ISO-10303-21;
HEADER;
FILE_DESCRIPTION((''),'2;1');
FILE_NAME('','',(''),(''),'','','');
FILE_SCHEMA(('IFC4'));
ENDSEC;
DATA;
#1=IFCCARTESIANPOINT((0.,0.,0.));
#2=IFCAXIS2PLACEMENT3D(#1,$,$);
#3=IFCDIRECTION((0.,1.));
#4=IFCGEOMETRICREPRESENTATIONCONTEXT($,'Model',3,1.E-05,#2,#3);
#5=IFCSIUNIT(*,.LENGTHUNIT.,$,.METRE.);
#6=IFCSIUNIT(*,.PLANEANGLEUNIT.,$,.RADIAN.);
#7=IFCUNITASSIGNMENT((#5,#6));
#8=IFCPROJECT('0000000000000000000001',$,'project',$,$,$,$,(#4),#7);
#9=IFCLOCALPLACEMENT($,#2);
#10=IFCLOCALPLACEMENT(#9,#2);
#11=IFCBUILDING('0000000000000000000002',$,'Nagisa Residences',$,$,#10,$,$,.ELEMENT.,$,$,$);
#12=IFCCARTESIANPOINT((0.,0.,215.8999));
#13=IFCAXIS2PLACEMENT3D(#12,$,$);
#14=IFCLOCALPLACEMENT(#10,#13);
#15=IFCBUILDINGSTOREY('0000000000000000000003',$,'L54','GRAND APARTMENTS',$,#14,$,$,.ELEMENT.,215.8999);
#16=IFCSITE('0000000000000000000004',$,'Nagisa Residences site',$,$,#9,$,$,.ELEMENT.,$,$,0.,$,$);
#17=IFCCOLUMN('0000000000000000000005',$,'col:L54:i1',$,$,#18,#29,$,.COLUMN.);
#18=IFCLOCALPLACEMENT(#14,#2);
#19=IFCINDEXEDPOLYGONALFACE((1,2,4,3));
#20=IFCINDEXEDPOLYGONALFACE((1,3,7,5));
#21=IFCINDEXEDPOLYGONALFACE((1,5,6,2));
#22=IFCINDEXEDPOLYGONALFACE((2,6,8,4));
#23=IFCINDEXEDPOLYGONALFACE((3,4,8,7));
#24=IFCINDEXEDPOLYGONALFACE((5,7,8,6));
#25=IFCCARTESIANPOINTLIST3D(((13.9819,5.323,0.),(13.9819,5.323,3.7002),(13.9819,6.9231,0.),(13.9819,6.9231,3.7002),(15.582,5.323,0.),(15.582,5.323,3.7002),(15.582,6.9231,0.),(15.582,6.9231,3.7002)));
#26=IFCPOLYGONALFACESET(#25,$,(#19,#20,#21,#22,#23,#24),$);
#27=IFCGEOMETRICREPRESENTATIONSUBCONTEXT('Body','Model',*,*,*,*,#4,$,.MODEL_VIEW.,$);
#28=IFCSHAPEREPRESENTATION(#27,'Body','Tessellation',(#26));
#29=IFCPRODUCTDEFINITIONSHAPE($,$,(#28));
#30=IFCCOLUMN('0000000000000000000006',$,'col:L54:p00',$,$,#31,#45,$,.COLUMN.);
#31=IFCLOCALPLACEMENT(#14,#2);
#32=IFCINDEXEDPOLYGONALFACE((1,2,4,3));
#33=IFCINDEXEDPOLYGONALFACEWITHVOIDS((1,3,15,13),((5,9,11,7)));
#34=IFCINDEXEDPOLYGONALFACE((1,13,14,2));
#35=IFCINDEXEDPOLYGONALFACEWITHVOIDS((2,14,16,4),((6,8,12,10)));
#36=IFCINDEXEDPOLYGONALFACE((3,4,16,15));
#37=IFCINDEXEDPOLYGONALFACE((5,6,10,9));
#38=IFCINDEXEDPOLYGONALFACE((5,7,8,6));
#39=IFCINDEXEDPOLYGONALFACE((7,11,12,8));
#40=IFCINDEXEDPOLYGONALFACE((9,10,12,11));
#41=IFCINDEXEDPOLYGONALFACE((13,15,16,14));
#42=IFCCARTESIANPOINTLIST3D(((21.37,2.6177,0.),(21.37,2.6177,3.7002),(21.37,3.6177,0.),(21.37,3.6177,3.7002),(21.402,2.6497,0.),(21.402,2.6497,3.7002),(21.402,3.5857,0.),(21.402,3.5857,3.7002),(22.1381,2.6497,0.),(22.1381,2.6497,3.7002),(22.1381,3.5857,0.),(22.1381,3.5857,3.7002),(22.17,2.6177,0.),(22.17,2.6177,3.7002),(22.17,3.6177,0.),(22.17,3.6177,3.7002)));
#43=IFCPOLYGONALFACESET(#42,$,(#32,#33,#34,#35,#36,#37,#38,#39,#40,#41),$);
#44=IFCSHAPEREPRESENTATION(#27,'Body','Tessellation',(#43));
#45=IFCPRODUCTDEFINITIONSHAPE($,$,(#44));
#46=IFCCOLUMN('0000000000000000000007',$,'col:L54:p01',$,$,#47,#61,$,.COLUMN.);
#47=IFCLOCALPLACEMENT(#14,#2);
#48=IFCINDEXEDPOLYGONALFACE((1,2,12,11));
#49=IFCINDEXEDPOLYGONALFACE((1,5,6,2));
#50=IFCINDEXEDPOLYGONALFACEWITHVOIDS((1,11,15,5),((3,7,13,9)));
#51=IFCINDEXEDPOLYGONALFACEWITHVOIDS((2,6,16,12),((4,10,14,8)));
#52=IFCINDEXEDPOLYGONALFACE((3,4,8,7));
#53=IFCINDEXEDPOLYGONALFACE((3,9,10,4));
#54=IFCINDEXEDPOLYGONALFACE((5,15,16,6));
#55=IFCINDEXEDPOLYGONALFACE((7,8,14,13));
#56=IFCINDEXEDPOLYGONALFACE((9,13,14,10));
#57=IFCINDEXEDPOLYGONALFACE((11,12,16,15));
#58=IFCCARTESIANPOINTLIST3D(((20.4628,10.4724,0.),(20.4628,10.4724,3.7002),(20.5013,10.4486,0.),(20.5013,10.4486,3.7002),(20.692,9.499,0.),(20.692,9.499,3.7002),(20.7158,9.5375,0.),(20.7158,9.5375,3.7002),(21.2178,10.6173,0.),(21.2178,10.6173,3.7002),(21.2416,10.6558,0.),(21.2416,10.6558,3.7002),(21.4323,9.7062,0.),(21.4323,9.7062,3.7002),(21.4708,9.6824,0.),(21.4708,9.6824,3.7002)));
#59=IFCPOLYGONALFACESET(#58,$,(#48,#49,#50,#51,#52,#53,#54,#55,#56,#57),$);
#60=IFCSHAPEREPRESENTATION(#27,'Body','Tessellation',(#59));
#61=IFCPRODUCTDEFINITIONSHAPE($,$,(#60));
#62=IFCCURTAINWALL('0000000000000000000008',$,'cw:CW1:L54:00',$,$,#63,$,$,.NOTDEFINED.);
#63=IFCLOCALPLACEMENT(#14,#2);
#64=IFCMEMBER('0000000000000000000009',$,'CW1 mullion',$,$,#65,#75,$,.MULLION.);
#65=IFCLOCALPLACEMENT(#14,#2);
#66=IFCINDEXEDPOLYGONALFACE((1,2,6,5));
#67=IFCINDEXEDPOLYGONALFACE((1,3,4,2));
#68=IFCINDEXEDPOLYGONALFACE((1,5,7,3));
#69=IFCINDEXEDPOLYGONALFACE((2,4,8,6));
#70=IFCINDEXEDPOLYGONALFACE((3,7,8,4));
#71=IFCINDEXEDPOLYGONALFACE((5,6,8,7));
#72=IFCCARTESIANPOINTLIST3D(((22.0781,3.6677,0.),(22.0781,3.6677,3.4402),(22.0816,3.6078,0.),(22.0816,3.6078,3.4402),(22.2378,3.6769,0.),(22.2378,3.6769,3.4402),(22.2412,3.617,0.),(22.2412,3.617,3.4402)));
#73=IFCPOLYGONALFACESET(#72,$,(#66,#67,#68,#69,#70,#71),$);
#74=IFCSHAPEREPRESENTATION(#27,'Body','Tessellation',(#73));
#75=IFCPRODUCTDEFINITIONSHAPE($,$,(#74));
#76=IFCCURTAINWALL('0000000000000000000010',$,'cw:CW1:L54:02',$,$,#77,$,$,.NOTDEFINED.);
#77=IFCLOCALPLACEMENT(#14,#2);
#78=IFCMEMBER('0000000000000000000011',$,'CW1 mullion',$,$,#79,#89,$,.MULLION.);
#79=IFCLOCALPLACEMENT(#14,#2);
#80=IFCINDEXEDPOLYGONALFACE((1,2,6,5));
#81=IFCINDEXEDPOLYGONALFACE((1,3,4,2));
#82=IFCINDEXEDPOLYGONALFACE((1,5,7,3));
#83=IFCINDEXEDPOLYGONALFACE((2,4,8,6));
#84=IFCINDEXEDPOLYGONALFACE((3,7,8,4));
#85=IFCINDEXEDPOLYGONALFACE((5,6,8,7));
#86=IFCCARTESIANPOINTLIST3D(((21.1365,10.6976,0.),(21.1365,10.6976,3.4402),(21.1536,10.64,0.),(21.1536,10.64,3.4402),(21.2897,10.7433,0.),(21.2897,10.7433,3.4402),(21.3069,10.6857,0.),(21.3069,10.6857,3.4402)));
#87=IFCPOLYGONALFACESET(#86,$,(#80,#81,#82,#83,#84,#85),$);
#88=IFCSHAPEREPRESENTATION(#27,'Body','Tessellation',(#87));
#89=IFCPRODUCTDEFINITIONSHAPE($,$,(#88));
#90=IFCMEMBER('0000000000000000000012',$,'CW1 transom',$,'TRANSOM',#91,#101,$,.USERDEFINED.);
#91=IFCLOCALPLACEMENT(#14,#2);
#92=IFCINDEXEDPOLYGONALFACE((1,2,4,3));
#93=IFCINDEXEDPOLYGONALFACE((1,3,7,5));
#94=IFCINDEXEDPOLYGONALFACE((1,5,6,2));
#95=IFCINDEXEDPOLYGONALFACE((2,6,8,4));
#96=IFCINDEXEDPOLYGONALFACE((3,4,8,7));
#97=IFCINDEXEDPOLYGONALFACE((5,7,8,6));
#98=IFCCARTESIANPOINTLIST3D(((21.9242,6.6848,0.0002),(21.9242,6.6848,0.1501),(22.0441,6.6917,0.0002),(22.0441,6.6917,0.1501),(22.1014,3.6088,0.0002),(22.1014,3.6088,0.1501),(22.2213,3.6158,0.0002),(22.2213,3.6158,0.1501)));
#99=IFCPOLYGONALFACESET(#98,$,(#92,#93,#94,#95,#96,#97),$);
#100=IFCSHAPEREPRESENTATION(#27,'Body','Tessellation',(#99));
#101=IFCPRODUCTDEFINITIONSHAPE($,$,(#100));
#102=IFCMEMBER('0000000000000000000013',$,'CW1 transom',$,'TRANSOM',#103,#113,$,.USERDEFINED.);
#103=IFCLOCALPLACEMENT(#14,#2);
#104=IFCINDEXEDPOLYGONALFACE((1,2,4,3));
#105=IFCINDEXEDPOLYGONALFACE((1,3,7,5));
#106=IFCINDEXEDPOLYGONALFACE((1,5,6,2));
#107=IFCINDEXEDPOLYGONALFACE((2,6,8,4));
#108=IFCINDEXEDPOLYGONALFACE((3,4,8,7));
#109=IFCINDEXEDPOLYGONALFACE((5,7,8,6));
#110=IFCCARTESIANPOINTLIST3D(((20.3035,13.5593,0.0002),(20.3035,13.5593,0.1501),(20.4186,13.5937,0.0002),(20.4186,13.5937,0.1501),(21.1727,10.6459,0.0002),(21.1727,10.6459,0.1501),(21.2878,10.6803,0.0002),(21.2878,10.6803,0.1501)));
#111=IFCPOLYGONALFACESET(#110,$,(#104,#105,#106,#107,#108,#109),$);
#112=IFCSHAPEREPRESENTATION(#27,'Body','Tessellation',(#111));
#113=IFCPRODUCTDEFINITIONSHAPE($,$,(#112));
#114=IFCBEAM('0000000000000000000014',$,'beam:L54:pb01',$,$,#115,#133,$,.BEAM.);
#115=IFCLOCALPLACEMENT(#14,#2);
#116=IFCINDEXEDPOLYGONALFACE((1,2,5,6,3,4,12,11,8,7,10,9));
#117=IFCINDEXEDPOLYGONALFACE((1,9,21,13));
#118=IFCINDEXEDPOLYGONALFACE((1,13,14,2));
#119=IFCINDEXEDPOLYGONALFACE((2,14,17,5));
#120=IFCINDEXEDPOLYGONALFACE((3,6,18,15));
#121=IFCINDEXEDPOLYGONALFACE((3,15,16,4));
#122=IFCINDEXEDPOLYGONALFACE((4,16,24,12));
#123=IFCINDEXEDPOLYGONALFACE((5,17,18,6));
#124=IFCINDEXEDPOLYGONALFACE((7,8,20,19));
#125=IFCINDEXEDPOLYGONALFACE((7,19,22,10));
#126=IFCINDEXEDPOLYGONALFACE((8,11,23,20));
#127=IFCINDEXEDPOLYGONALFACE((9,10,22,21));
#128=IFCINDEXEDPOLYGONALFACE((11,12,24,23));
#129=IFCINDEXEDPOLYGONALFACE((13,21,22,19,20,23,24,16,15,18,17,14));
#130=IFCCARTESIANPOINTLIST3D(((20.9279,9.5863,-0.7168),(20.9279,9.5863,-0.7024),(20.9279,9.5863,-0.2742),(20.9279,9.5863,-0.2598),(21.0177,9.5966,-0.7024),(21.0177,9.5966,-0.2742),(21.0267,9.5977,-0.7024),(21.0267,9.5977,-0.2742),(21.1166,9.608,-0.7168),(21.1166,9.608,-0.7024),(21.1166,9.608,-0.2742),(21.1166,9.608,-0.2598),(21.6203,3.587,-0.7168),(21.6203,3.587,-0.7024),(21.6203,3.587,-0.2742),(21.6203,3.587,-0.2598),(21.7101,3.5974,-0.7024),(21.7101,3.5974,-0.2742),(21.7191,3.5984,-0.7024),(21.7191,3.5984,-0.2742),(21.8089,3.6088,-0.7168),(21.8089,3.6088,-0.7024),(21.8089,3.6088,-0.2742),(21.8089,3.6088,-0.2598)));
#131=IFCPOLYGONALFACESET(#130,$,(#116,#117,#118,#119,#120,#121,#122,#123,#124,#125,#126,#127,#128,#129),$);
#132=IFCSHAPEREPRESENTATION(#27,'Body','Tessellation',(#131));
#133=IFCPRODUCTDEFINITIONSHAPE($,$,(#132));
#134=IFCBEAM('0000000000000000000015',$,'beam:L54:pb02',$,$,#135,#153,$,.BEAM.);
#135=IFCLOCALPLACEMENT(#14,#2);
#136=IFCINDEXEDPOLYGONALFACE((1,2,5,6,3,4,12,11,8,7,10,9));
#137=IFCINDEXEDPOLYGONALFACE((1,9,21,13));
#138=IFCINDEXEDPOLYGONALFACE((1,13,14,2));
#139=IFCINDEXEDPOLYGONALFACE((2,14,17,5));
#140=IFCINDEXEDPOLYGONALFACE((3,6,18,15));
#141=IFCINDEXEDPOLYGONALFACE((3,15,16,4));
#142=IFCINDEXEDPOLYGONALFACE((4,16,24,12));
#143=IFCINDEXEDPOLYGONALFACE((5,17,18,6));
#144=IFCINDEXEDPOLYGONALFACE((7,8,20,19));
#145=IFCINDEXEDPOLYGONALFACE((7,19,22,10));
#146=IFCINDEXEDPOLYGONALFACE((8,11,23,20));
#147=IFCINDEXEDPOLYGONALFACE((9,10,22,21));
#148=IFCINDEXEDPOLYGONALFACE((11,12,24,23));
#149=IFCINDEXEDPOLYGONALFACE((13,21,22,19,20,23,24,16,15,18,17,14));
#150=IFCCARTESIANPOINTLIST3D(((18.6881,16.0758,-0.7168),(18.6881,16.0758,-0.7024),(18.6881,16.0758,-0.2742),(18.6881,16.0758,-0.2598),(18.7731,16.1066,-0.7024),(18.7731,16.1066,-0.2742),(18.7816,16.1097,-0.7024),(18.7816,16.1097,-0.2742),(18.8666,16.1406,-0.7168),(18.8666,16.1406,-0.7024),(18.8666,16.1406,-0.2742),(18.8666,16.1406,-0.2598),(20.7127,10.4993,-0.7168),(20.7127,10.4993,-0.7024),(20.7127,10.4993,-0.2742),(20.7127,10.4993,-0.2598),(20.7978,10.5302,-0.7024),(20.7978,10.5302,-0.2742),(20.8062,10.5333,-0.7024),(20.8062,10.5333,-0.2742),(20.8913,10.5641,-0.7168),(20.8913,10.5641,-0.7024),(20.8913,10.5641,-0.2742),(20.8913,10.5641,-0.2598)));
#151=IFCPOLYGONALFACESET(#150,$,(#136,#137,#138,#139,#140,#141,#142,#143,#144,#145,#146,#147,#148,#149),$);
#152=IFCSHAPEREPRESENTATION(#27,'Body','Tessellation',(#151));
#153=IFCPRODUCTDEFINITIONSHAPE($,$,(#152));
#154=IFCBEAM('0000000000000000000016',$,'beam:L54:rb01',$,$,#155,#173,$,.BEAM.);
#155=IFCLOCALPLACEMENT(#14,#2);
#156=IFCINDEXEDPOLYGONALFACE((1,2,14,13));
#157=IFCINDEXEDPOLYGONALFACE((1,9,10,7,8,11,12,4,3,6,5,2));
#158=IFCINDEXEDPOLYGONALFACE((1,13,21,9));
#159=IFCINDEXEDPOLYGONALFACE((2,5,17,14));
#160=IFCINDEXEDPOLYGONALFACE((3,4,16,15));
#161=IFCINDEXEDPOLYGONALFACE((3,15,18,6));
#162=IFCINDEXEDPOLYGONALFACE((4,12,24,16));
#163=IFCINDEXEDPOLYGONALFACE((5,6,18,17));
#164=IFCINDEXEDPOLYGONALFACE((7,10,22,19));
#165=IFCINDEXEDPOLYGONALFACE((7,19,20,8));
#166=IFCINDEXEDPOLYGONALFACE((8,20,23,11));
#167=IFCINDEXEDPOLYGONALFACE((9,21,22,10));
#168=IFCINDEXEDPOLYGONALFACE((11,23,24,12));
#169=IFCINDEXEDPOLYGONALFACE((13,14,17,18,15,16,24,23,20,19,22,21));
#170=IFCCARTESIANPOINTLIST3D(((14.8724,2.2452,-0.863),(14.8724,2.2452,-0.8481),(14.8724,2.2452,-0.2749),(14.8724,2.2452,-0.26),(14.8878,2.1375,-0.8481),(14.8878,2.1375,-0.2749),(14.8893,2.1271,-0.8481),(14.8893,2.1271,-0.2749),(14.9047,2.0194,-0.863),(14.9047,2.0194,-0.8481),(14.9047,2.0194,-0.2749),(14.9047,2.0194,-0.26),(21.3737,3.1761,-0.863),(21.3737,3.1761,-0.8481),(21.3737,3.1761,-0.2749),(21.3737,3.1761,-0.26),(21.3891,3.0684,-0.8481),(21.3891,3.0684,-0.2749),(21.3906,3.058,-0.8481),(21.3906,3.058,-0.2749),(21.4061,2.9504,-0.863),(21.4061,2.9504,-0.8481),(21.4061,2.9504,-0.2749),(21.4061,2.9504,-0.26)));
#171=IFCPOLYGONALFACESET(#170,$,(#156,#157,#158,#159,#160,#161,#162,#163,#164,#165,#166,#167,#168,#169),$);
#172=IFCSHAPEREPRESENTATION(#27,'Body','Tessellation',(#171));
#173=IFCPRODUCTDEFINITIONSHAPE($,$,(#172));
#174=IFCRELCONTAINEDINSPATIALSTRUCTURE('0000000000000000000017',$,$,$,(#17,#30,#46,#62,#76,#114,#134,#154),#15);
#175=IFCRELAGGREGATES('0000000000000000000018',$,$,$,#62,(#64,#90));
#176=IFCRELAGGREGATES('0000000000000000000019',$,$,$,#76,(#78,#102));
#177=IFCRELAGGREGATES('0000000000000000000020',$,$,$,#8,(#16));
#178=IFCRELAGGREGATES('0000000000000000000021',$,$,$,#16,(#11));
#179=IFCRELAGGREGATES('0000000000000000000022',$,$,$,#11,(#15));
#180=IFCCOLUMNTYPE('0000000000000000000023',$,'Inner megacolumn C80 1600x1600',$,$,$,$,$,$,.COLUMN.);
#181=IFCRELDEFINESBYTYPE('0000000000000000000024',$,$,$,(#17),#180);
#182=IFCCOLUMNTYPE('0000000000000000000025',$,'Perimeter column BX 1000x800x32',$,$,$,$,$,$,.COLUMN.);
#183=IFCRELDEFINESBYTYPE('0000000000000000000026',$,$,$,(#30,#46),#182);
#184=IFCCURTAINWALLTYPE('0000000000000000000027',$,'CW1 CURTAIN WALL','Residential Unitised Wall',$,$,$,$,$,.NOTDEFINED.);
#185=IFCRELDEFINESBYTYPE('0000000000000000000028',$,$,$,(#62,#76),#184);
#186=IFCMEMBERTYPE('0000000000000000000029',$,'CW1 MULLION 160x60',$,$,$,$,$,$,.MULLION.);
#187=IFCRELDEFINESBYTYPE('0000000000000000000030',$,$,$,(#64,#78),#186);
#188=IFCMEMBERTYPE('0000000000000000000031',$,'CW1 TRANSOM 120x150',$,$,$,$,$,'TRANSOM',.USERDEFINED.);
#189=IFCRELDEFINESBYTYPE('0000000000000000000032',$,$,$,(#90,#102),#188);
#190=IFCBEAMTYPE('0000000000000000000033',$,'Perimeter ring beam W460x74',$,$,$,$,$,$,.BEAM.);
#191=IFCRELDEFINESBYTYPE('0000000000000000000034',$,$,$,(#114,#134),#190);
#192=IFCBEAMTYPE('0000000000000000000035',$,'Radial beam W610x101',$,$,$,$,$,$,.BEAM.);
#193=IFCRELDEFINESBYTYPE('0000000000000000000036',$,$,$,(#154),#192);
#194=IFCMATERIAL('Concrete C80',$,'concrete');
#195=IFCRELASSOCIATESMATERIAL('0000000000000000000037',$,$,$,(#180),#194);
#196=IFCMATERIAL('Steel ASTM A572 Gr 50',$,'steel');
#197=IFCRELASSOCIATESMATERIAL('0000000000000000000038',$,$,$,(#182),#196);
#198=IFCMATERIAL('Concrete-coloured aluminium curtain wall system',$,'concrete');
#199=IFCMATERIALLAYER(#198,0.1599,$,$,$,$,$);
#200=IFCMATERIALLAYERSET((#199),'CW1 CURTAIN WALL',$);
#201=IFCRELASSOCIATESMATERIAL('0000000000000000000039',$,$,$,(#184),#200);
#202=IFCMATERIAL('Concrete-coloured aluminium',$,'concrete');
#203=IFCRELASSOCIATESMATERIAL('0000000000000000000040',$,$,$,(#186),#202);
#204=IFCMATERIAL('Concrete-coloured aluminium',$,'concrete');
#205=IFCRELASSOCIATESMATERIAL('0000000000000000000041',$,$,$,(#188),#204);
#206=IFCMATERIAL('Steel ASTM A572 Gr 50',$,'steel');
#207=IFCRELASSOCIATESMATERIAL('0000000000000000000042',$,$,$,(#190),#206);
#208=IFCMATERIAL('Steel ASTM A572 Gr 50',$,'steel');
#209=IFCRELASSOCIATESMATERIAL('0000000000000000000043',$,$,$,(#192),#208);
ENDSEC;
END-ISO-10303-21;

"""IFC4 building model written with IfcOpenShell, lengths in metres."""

from ifc_helpers import new_model, si_unit, direction, frame, origin, origin_2d, place, context, subcontext, project, spatial, rectangle, hollow_rectangle, i_section, extrude, material, layer, layer_set, material_profile, profile_set, type_object, element, aggregate, save


model = new_model("IFC4")

# Units and contexts
model_context = context("Model", 3, precision=1e-05, world=origin(), true_north=direction((0.0, 1.0)))
body_context = subcontext(model_context, "Body", "Model", "MODEL_VIEW")
ifc_project = project(units=[si_unit("LENGTHUNIT", "METRE"), si_unit("PLANEANGLEUNIT", "RADIAN")], contexts=[model_context])

# Site, building, storey
site_placement = place(None, origin())
site = spatial("IfcSite", under=ifc_project, at=site_placement, Name="Nagisa Residences site", CompositionType="ELEMENT", RefElevation=0.0)
building_placement = place(site_placement, origin())
building = spatial("IfcBuilding", under=site, at=building_placement, Name="Nagisa Residences", CompositionType="ELEMENT")
storey_placement = place(building_placement, frame((0.0, 0.0, 215.8999)))
storey = spatial("IfcBuildingStorey", under=building, at=storey_placement, Name="L54", Description="GRAND APARTMENTS", CompositionType="ELEMENT", Elevation=215.8999)

# Columns
ifc_material_1 = material(Name="Concrete C80", Category="concrete")
ifc_material_profile_1 = material_profile(ifc_material_1, rectangle(XDim=1.6001, YDim=1.6001, at=origin_2d()), Name="C80 1600x1600")
ifc_profile_set_1 = profile_set([ifc_material_profile_1], Name="Concrete C80")
column_type_1 = type_object("IfcColumnType", Name="Inner megacolumn C80 1600x1600", PredefinedType="COLUMN", material=ifc_profile_set_1)
column_placement = place(storey_placement, frame((14.782, 6.123, 0.0), z_axis=(0.0, 0.0, 1.0), x_axis=(1.0, 0.0, 0.0)))
element("IfcColumn", 1, at=column_placement, inside=storey, type_object=column_type_1, Name="col:L54:i1", PredefinedType="COLUMN", context=body_context, shape_type="SweptSolid", body=[
    extrude(rectangle(XDim=1.6001, YDim=1.6001, at=origin_2d()), origin(), (0.0, 0.0, 1.0), 3.7002),
])
ifc_material_2 = material(Name="Steel ASTM A572 Gr 50", Category="steel")
ifc_material_profile_2 = material_profile(ifc_material_2, hollow_rectangle(XDim=1.0, YDim=0.8, WallThickness=0.032, at=origin_2d()), Name="BX 1000x800x32")
ifc_profile_set_2 = profile_set([ifc_material_profile_2], Name="Steel ASTM A572 Gr 50")
column_type_2 = type_object("IfcColumnType", Name="Perimeter column BX 1000x800x32", PredefinedType="COLUMN", material=ifc_profile_set_2)
for number, where, z_axis, x_axis, name in (
    (2, (21.77, 3.1177, 0.0), (0.0, 0.0, 1.0), (0.0, 1.0, 0.0), "col:L54:p00"),
    (3, (20.9668, 10.0774, 0.0), (0.0, 0.0, 1.0), (-0.229202, 0.973379, 0.0), "col:L54:p01"),
):
    element("IfcColumn", number, at=place(storey_placement, frame(where, z_axis=z_axis, x_axis=x_axis)), inside=storey, type_object=column_type_2, Name=name, PredefinedType="COLUMN", context=body_context, shape_type="SweptSolid", body=[
        extrude(hollow_rectangle(XDim=1.0, YDim=0.8, WallThickness=0.032, at=origin_2d()), origin(), (0.0, 0.0, 1.0), 3.7002),
    ])

# Curtain walls, members
ifc_material_3 = material(Name="Concrete-coloured aluminium curtain wall system", Category="concrete")
ifc_layer_1 = layer(ifc_material_3, 0.1599)
ifc_layer_set_1 = layer_set([ifc_layer_1], Name="CW1 CURTAIN WALL")
curtain_wall_type = type_object("IfcCurtainWallType", Name="CW1 CURTAIN WALL", Description="Residential Unitised Wall", PredefinedType="NOTDEFINED", material=ifc_layer_set_1)
curtain_wall_1_placement = place(storey_placement, origin())
curtain_wall_1 = element("IfcCurtainWall", 4, at=curtain_wall_1_placement, inside=storey, type_object=curtain_wall_type, Name="cw:CW1:L54:00", PredefinedType="NOTDEFINED")
ifc_material_4 = material(Name="Concrete-coloured aluminium", Category="concrete")
ifc_material_profile_3 = material_profile(ifc_material_4, rectangle(XDim=0.1599, YDim=0.0601, at=origin_2d()), Name="CW1 MULLION 160x60")
ifc_profile_set_3 = profile_set([ifc_material_profile_3], Name="Concrete-coloured aluminium")
member_type_1 = type_object("IfcMemberType", Name="CW1 MULLION 160x60", PredefinedType="MULLION", material=ifc_profile_set_3)
member_1_placement = place(storey_placement, frame((22.1597, 3.6423, 0.0), z_axis=(0.0, 0.0, 1.0), x_axis=(-0.998345, -0.057503, 0.0)))
member_1 = element("IfcMember", 5, at=member_1_placement, type_object=member_type_1, Name="CW1 mullion", PredefinedType="MULLION", context=body_context, shape_type="SweptSolid", body=[
    extrude(rectangle(XDim=0.1599, YDim=0.0601, at=origin_2d()), origin(), (0.0, 0.0, 1.0), 3.4402),
])
curtain_wall_2_placement = place(storey_placement, origin())
curtain_wall_2 = element("IfcCurtainWall", 6, at=curtain_wall_2_placement, inside=storey, type_object=curtain_wall_type, Name="cw:CW1:L54:02", PredefinedType="NOTDEFINED")
member_2_placement = place(storey_placement, frame((21.2217, 10.6917, 0.0), z_axis=(0.0, 0.0, 1.0), x_axis=(-0.958271, -0.28586, 0.0)))
member_2 = element("IfcMember", 7, at=member_2_placement, type_object=member_type_1, Name="CW1 mullion", PredefinedType="MULLION", context=body_context, shape_type="SweptSolid", body=[
    extrude(rectangle(XDim=0.1599, YDim=0.0601, at=origin_2d()), origin(), (0.0, 0.0, 1.0), 3.4402),
])

# Members
ifc_material_5 = material(Name="Concrete-coloured aluminium", Category="concrete")
ifc_material_profile_4 = material_profile(ifc_material_5, rectangle(XDim=0.1201, YDim=0.1499, at=origin_2d()), Name="CW1 TRANSOM 120x150")
ifc_profile_set_4 = profile_set([ifc_material_profile_4], Name="Concrete-coloured aluminium")
member_type_2 = type_object("IfcMemberType", Name="CW1 TRANSOM 120x150", ElementType="TRANSOM", PredefinedType="USERDEFINED", material=ifc_profile_set_4)
member_3_placement = place(storey_placement, frame((22.1614, 3.6123, 0.0752), z_axis=(-0.057528, 0.998344, 0.0), x_axis=(-0.998344, -0.057528, 0.0)))
member_3 = element("IfcMember", 8, at=member_3_placement, type_object=member_type_2, Name="CW1 transom", ObjectType="TRANSOM", PredefinedType="USERDEFINED", context=body_context, shape_type="SweptSolid", body=[
    extrude(rectangle(XDim=0.1201, YDim=0.1499, at=origin_2d()), origin(), (0.0, 0.0, 1.0), 3.0811),
])
member_4_placement = place(storey_placement, frame((21.2302, 10.6631, 0.0752), z_axis=(-0.285881, 0.958265, 0.0), x_axis=(-0.958265, -0.285881, 0.0)))
member_4 = element("IfcMember", 9, at=member_4_placement, type_object=member_type_2, Name="CW1 transom", ObjectType="TRANSOM", PredefinedType="USERDEFINED", context=body_context, shape_type="SweptSolid", body=[
    extrude(rectangle(XDim=0.1201, YDim=0.1499, at=origin_2d()), origin(), (0.0, 0.0, 1.0), 3.0403),
])

# Beams
ifc_material_6 = material(Name="Steel ASTM A572 Gr 50", Category="steel")
ifc_material_profile_5 = material_profile(ifc_material_6, i_section(OverallWidth=0.1899, OverallDepth=0.457, WebThickness=0.009, FlangeThickness=0.0144, at=origin_2d()), Name="W460x74")
ifc_profile_set_5 = profile_set([ifc_material_profile_5], Name="Steel ASTM A572 Gr 50")
beam_type_1 = type_object("IfcBeamType", Name="Perimeter ring beam W460x74", PredefinedType="BEAM", material=ifc_profile_set_5)
beam_1_placement = place(storey_placement, frame((21.7146, 3.5979, -0.4883), z_axis=(-0.11465, 0.993406, 0.0), x_axis=(-0.993406, -0.11465, 0.0)))
element("IfcBeam", 10, at=beam_1_placement, inside=storey, type_object=beam_type_1, Name="beam:L54:pb01", PredefinedType="BEAM", context=body_context, shape_type="SweptSolid", body=[
    extrude(i_section(OverallWidth=0.1899, OverallDepth=0.457, WebThickness=0.009, FlangeThickness=0.0144, at=origin_2d()), origin(), (0.0, 0.0, 1.0), 6.0391),
])
beam_2_placement = place(storey_placement, frame((20.802, 10.5317, -0.4883), z_axis=(-0.341277, 0.939963, 0.0), x_axis=(-0.939963, -0.341277, 0.0)))
element("IfcBeam", 11, at=beam_2_placement, inside=storey, type_object=beam_type_1, Name="beam:L54:pb02", PredefinedType="BEAM", context=body_context, shape_type="SweptSolid", body=[
    extrude(i_section(OverallWidth=0.1899, OverallDepth=0.457, WebThickness=0.009, FlangeThickness=0.0144, at=origin_2d()), origin(), (0.0, 0.0, 1.0), 5.9326),
])
ifc_material_7 = material(Name="Steel ASTM A572 Gr 50", Category="steel")
ifc_material_profile_6 = material_profile(ifc_material_7, i_section(OverallWidth=0.228, OverallDepth=0.603, WebThickness=0.0105, FlangeThickness=0.0149, at=origin_2d()), Name="W610x101")
ifc_profile_set_6 = profile_set([ifc_material_profile_6], Name="Steel ASTM A572 Gr 50")
beam_type_2 = type_object("IfcBeamType", Name="Radial beam W610x101", PredefinedType="BEAM", material=ifc_profile_set_6)
beam_3_placement = place(storey_placement, frame((21.3899, 3.0632, -0.5615), z_axis=(-0.989903, -0.141744, 0.0), x_axis=(0.141744, -0.989903, 0.0)))
element("IfcBeam", 12, at=beam_3_placement, inside=storey, type_object=beam_type_2, Name="beam:L54:rb01", PredefinedType="BEAM", context=body_context, shape_type="SweptSolid", body=[
    extrude(i_section(OverallWidth=0.228, OverallDepth=0.603, WebThickness=0.0105, FlangeThickness=0.0149, at=origin_2d()), origin(), (0.0, 0.0, 1.0), 6.5676),
])

aggregate(curtain_wall_1, [member_1, member_3])
aggregate(curtain_wall_2, [member_2, member_4])

save(model, "model.ifc")
